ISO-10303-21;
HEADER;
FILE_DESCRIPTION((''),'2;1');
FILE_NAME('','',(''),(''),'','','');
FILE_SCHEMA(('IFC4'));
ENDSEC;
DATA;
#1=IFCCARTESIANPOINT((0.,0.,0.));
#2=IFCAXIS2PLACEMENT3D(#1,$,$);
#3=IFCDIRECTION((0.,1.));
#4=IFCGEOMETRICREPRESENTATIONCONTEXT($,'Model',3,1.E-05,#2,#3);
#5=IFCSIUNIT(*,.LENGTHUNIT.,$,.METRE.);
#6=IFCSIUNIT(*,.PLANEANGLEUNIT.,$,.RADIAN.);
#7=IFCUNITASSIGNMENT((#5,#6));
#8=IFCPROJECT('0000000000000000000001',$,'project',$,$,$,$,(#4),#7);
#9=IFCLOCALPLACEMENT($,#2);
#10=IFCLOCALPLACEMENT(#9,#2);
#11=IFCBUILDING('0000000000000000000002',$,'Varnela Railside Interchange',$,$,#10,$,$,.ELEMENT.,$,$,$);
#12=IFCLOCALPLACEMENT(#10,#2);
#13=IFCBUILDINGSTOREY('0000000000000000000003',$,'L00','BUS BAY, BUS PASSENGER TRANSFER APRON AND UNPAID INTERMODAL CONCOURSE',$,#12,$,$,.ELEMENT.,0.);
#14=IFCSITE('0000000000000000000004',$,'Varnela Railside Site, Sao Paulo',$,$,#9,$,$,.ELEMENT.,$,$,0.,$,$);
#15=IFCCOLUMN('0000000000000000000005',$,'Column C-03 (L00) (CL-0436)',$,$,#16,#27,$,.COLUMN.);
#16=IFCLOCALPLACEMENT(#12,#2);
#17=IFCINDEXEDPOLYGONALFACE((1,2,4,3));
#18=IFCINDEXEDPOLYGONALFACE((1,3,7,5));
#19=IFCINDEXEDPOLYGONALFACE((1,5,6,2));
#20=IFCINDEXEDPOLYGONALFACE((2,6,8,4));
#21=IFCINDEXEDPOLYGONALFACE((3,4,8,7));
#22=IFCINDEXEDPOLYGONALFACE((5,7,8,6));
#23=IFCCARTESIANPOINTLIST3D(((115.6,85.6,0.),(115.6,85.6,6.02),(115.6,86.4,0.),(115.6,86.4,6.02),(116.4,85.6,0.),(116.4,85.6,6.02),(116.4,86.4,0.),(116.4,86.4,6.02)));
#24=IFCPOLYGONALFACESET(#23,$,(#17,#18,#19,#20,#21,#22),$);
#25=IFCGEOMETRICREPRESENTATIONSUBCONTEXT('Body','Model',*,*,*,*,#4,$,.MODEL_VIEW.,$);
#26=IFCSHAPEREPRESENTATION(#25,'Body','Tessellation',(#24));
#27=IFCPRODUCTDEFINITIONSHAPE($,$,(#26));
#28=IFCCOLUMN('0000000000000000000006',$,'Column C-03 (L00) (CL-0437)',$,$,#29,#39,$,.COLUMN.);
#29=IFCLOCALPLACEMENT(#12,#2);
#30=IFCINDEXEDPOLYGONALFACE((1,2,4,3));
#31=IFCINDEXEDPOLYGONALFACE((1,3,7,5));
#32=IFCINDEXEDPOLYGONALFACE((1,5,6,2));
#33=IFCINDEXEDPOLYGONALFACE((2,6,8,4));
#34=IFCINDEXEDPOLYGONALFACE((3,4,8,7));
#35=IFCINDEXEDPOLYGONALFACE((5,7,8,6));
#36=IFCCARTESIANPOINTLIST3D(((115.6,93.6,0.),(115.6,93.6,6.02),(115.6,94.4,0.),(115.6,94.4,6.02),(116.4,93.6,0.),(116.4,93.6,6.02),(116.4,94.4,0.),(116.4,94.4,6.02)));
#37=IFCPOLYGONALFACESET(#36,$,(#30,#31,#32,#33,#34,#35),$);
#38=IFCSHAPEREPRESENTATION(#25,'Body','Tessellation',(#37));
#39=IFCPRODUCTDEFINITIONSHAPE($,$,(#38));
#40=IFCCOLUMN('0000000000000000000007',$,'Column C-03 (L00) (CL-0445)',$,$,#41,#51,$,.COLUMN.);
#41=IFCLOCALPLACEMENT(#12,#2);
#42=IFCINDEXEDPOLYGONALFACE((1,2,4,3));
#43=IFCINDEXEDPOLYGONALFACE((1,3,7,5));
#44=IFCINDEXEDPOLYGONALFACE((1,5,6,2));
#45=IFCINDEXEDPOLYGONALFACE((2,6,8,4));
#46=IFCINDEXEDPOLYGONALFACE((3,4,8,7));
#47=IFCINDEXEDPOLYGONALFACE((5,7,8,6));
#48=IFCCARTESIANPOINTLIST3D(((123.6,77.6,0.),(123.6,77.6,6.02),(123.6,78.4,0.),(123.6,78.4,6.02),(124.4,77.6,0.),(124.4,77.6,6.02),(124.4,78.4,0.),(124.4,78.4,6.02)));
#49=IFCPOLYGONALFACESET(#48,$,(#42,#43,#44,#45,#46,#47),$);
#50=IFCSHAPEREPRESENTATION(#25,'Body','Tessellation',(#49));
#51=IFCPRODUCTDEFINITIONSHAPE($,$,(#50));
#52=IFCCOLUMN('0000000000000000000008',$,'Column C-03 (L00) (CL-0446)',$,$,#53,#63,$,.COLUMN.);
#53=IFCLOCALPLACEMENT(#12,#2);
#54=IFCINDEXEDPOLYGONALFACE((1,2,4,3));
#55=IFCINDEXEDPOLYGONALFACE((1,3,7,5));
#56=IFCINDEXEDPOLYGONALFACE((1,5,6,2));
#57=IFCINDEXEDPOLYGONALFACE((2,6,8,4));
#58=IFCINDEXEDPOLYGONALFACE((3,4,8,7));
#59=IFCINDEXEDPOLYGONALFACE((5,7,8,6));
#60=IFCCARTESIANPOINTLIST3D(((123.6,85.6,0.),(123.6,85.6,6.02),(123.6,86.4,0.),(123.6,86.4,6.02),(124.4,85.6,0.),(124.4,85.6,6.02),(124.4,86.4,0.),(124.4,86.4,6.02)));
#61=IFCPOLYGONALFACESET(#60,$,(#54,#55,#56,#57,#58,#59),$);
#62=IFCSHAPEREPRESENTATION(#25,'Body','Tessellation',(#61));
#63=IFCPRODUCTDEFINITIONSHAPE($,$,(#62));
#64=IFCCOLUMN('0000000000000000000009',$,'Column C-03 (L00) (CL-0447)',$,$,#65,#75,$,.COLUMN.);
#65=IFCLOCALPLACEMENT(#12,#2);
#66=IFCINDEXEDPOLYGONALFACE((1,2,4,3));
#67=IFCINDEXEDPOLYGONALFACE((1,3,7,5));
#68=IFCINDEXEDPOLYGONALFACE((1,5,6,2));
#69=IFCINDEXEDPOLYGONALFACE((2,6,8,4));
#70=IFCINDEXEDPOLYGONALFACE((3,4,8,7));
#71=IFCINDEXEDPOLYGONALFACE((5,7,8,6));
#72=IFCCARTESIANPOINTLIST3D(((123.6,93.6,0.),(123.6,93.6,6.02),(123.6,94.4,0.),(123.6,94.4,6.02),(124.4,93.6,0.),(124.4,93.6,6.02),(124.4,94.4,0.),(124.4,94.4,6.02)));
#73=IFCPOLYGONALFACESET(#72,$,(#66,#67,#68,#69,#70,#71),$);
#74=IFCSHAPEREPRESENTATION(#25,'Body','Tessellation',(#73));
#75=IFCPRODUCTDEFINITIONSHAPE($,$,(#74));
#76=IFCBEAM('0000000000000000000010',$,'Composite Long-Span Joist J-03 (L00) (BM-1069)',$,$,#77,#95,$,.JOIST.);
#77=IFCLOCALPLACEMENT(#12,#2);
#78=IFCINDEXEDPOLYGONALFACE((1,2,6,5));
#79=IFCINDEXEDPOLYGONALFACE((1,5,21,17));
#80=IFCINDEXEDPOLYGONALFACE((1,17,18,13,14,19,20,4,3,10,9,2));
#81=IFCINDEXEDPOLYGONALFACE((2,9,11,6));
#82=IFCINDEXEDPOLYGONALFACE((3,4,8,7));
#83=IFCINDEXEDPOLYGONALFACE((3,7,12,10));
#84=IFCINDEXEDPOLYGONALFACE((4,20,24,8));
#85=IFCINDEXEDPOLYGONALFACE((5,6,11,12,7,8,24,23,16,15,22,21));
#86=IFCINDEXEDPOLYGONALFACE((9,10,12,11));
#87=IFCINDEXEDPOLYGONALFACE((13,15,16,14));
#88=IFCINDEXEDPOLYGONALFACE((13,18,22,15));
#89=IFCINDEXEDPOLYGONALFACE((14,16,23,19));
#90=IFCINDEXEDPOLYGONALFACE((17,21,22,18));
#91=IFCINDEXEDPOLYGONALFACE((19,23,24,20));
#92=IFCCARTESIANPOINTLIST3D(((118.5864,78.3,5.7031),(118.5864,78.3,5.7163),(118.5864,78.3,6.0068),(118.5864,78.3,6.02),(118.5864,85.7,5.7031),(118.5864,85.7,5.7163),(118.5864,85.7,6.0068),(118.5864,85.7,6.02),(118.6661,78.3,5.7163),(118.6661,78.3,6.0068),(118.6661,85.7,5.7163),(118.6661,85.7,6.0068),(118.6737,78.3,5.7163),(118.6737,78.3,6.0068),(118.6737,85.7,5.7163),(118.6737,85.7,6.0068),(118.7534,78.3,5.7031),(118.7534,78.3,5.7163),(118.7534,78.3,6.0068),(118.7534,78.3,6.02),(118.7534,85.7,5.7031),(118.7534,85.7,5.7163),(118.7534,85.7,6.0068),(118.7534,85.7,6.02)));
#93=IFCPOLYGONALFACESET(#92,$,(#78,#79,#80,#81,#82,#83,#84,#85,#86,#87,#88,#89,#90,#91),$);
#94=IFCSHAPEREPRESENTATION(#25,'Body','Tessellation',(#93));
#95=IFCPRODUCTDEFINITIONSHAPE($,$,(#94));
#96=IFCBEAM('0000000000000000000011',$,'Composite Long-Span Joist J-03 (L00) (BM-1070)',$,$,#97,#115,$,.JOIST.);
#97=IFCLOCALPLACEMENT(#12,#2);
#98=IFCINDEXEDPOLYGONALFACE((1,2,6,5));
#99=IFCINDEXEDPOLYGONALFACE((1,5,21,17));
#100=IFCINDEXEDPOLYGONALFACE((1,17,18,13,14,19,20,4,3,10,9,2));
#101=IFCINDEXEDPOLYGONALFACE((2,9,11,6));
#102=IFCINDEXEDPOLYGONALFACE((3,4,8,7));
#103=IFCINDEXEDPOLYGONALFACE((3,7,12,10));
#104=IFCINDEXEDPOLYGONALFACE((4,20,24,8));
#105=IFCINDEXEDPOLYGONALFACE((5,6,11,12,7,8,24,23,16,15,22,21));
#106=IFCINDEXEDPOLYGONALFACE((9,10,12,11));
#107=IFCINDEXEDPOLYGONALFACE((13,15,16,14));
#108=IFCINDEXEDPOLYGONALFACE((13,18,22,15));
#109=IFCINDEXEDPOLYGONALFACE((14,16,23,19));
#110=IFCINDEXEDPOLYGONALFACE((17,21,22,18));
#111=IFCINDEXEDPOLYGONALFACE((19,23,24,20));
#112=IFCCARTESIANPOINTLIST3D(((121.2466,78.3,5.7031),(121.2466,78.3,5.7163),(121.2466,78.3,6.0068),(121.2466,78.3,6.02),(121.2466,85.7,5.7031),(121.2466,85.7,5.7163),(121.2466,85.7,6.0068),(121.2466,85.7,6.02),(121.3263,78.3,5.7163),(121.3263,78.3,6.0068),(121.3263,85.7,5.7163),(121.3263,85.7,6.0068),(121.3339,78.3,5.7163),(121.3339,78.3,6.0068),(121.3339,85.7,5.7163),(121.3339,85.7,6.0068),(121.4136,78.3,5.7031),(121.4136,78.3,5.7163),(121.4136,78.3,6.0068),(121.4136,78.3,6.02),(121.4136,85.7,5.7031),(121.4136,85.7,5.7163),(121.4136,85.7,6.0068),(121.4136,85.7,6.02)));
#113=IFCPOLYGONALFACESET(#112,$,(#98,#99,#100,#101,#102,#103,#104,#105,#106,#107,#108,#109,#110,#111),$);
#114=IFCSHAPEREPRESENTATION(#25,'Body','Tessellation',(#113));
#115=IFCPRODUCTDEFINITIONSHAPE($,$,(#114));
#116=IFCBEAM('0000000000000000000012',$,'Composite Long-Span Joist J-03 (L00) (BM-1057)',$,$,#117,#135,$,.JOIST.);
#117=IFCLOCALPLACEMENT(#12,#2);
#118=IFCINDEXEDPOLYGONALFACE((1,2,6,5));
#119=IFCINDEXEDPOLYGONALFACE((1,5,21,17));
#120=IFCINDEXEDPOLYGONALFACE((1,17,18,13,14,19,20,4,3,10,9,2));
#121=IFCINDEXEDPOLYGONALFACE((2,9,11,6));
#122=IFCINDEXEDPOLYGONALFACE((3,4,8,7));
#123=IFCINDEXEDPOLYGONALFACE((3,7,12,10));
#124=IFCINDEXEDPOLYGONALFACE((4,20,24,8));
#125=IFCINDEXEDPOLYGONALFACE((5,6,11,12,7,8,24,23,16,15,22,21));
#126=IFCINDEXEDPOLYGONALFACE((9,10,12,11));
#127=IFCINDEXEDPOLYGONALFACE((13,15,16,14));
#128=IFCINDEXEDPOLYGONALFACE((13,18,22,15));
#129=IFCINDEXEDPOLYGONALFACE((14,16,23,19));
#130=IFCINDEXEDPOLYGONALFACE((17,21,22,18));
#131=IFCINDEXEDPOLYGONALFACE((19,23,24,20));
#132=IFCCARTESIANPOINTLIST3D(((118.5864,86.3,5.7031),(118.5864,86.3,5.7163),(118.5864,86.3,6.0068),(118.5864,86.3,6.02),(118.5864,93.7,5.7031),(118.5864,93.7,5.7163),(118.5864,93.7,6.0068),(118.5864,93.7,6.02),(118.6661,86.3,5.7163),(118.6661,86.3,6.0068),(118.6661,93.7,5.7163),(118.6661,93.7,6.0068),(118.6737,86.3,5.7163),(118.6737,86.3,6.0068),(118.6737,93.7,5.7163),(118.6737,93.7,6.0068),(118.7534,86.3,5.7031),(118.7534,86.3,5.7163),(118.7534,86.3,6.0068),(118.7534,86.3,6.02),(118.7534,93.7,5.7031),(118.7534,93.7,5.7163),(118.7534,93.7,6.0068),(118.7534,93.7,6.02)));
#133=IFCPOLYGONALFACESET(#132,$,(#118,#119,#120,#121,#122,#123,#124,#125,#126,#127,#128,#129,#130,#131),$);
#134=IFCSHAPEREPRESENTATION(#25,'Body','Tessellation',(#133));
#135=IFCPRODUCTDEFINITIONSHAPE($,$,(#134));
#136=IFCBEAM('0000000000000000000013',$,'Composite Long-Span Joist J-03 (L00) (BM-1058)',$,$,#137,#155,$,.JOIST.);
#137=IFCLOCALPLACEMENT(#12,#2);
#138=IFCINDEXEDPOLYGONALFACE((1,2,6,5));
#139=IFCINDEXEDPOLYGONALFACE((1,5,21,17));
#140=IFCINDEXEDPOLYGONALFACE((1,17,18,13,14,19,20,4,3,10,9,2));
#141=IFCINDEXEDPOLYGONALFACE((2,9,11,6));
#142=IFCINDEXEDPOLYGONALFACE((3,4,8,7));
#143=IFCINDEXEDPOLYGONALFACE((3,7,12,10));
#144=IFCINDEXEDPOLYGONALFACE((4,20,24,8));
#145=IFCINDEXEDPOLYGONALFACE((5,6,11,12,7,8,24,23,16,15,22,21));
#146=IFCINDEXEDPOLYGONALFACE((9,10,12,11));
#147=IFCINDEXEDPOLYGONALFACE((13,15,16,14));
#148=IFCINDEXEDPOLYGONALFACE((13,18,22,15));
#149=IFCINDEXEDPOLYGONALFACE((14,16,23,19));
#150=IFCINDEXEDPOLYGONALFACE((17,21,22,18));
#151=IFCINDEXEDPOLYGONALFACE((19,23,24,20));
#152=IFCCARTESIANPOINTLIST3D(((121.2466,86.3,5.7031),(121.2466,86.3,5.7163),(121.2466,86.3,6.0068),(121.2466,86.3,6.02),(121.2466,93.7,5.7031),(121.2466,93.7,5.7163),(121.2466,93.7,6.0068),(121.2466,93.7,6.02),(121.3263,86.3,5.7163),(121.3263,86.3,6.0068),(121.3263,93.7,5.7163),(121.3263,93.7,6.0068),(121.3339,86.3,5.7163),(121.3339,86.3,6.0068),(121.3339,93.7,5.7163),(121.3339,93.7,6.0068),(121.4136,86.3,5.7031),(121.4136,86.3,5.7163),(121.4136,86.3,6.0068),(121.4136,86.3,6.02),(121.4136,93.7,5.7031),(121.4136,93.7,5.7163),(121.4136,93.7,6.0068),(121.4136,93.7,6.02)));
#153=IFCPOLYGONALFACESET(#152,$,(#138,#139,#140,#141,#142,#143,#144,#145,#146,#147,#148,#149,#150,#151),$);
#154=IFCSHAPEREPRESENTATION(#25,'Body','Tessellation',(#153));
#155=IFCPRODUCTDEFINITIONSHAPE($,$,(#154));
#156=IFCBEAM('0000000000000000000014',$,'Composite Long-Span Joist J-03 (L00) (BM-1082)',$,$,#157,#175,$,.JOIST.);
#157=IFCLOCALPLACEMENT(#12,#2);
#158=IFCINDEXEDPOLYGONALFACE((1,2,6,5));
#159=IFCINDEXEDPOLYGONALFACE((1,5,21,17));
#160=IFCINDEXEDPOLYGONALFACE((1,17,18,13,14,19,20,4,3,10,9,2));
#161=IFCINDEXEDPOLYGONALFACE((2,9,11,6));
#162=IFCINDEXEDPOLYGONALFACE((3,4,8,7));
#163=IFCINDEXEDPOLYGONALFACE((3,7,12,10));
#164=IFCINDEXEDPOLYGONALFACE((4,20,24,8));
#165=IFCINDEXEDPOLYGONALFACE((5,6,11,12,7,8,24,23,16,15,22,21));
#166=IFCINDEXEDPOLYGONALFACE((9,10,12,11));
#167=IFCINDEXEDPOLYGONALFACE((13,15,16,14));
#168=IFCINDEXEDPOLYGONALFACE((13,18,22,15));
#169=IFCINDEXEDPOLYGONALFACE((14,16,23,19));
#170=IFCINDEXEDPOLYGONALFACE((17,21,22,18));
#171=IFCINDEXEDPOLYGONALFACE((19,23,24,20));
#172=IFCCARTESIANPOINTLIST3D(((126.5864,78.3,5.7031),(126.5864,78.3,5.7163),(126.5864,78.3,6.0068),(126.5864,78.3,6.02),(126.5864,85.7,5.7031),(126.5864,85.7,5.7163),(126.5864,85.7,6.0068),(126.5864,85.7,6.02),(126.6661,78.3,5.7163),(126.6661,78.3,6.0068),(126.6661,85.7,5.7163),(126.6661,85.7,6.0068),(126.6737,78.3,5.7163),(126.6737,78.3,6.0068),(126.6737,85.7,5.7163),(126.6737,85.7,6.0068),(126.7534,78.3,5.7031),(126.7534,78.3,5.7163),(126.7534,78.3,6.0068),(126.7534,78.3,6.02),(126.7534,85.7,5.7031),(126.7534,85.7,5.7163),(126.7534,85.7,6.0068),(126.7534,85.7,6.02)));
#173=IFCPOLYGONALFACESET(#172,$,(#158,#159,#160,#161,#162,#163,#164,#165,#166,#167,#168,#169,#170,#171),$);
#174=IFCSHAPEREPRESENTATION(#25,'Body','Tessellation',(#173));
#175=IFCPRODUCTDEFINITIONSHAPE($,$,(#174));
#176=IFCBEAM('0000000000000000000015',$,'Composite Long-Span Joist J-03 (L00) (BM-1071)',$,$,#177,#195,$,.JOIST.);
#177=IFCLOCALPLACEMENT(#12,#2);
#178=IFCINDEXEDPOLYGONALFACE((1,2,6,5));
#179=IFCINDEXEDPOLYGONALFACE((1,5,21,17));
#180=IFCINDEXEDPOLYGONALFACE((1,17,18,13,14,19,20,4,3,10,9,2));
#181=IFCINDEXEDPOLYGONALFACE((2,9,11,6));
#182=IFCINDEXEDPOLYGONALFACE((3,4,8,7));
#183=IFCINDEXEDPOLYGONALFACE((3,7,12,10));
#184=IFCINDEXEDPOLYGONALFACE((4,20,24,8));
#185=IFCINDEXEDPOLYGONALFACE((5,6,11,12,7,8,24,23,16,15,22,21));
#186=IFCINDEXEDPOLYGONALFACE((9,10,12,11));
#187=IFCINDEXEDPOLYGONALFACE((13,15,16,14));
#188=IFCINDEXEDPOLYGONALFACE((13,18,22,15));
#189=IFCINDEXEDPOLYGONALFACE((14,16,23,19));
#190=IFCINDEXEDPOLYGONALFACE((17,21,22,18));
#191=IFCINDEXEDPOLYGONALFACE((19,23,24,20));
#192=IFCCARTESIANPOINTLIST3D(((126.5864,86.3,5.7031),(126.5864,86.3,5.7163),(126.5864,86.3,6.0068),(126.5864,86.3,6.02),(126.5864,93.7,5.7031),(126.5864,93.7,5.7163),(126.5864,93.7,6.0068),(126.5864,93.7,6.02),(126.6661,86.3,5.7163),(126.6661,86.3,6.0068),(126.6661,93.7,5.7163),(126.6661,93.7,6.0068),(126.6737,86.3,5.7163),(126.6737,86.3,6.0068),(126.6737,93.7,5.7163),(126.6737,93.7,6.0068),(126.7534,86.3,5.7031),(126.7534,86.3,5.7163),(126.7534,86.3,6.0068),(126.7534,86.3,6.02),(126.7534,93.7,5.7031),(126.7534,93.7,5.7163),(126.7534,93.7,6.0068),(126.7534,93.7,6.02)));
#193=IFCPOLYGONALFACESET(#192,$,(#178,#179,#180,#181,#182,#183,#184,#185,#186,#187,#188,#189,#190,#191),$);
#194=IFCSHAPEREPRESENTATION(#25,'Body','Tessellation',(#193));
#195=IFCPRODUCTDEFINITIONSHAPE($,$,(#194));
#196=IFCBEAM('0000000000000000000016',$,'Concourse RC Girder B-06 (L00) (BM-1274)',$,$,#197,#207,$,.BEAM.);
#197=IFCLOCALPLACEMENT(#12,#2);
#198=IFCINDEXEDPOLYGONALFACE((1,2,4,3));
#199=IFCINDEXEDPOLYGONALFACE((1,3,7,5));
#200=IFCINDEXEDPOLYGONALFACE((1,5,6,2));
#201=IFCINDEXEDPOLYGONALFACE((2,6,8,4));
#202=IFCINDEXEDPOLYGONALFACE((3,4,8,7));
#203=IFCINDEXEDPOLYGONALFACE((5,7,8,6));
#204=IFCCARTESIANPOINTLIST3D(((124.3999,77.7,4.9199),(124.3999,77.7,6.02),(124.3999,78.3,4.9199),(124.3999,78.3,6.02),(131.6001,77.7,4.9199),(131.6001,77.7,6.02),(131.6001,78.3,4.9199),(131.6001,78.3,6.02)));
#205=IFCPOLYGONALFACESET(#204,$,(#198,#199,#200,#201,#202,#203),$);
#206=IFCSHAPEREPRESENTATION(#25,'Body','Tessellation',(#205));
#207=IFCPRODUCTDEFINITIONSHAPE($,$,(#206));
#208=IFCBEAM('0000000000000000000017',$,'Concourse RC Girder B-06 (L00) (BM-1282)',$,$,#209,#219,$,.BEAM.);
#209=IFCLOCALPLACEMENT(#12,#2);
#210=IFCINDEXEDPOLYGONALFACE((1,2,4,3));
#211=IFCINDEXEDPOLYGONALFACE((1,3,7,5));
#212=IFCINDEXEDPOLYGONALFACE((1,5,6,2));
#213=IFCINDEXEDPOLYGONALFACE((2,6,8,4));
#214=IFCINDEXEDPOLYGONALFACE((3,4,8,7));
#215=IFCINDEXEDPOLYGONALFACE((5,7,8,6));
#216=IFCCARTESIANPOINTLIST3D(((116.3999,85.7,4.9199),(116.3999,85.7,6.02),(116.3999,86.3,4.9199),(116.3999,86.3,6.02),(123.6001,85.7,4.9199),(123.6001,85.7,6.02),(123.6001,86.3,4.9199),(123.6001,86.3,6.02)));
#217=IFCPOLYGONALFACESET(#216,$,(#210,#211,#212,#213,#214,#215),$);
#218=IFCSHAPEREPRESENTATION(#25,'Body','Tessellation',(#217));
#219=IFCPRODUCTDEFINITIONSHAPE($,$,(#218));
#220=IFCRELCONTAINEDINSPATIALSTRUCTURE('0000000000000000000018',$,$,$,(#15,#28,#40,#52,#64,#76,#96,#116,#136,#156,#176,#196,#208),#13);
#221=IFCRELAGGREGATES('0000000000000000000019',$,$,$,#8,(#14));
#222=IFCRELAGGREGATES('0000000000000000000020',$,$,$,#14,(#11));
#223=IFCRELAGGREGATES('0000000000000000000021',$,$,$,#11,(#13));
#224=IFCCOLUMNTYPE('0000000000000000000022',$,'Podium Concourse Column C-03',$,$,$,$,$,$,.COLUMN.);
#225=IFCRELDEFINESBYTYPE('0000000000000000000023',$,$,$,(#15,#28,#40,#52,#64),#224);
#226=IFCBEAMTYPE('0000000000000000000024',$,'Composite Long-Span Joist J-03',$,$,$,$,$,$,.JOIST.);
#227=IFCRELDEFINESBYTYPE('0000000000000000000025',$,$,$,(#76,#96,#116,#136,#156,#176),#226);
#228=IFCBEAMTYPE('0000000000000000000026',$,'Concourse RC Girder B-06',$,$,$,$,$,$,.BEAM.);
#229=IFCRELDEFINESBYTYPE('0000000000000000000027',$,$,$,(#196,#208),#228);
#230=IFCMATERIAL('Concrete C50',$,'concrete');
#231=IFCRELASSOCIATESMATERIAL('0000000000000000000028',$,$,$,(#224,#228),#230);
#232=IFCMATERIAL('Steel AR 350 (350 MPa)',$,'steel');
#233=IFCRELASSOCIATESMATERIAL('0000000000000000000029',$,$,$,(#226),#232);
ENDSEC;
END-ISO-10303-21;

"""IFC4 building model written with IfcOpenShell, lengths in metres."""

from ifc_helpers import new_model, si_unit, direction, frame, origin, origin_2d, place, context, subcontext, project, spatial, rectangle, i_section, extrude, material, material_profile, profile_set, type_object, element, save


model = new_model("IFC4")

# Units and contexts
model_context = context("Model", 3, precision=1e-05, world=origin(), true_north=direction((0.0, 1.0)))
body_context = subcontext(model_context, "Body", "Model", "MODEL_VIEW")
ifc_project = project(units=[si_unit("LENGTHUNIT", "METRE"), si_unit("PLANEANGLEUNIT", "RADIAN")], contexts=[model_context])

# Site, building, storey
site_placement = place(None, origin())
site = spatial("IfcSite", under=ifc_project, at=site_placement, Name="Varnela Railside Site, Sao Paulo", CompositionType="ELEMENT", RefElevation=0.0)
building_placement = place(site_placement, origin())
building = spatial("IfcBuilding", under=site, at=building_placement, Name="Varnela Railside Interchange", CompositionType="ELEMENT")
storey_placement = place(building_placement, origin())
storey = spatial("IfcBuildingStorey", under=building, at=storey_placement, Name="L00", Description="BUS BAY, BUS PASSENGER TRANSFER APRON AND UNPAID INTERMODAL CONCOURSE", CompositionType="ELEMENT", Elevation=0.0)

# Columns
ifc_material_1 = material(Name="Concrete C50", Category="concrete")
ifc_material_profile_1 = material_profile(ifc_material_1, rectangle(XDim=0.8, YDim=0.8, at=origin_2d()), Name="RC 800x800")
ifc_profile_set_1 = profile_set([ifc_material_profile_1], Name="Concrete C50")
column_type = type_object("IfcColumnType", Name="Podium Concourse Column C-03", PredefinedType="COLUMN", material=ifc_profile_set_1)
for number, where, z_axis, x_axis, name in (
    (1, (116.0, 86.0, 0.0), (0.0, 0.0, 1.0), (1.0, 0.0, 0.0), "Column C-03 (L00) (CL-0436)"),
    (2, (116.0, 94.0, 0.0), (0.0, 0.0, 1.0), (1.0, 0.0, 0.0), "Column C-03 (L00) (CL-0437)"),
    (3, (124.0, 78.0, 0.0), (0.0, 0.0, 1.0), (1.0, 0.0, 0.0), "Column C-03 (L00) (CL-0445)"),
    (4, (124.0, 86.0, 0.0), (0.0, 0.0, 1.0), (1.0, 0.0, 0.0), "Column C-03 (L00) (CL-0446)"),
    (5, (124.0, 94.0, 0.0), (0.0, 0.0, 1.0), (1.0, 0.0, 0.0), "Column C-03 (L00) (CL-0447)"),
):
    element("IfcColumn", number, at=place(storey_placement, frame(where, z_axis=z_axis, x_axis=x_axis)), inside=storey, type_object=column_type, Name=name, PredefinedType="COLUMN", context=body_context, shape_type="SweptSolid", body=[
        extrude(rectangle(XDim=0.8, YDim=0.8, at=origin_2d()), origin(), (0.0, 0.0, 1.0), 6.02),
    ])

# Beams
ifc_material_2 = material(Name="Steel AR 350 (350 MPa)", Category="steel")
ifc_material_profile_2 = material_profile(ifc_material_2, i_section(OverallWidth=0.167, OverallDepth=0.3169, WebThickness=0.0076, FlangeThickness=0.0132, at=origin_2d()), Name="W310x52")
ifc_profile_set_2 = profile_set([ifc_material_profile_2], Name="Steel AR 350 (350 MPa)")
beam_type_1 = type_object("IfcBeamType", Name="Composite Long-Span Joist J-03", PredefinedType="JOIST", material=ifc_profile_set_2)
for number, where, z_axis, x_axis, name in (
    (6, (118.6699, 78.3, 5.8616), (0.0, 1.0, 0.0), (-1.0, 0.0, 0.0), "Composite Long-Span Joist J-03 (L00) (BM-1069)"),
    (7, (121.3301, 78.3, 5.8616), (0.0, 1.0, 0.0), (-1.0, 0.0, 0.0), "Composite Long-Span Joist J-03 (L00) (BM-1070)"),
    (8, (118.6699, 86.3, 5.8616), (0.0, 1.0, 0.0), (-1.0, 0.0, 0.0), "Composite Long-Span Joist J-03 (L00) (BM-1057)"),
    (9, (121.3301, 86.3, 5.8616), (0.0, 1.0, 0.0), (-1.0, 0.0, 0.0), "Composite Long-Span Joist J-03 (L00) (BM-1058)"),
    (10, (126.6699, 78.3, 5.8616), (0.0, 1.0, 0.0), (-1.0, 0.0, 0.0), "Composite Long-Span Joist J-03 (L00) (BM-1082)"),
    (11, (126.6699, 86.3, 5.8616), (0.0, 1.0, 0.0), (-1.0, 0.0, 0.0), "Composite Long-Span Joist J-03 (L00) (BM-1071)"),
):
    element("IfcBeam", number, at=place(storey_placement, frame(where, z_axis=z_axis, x_axis=x_axis)), inside=storey, type_object=beam_type_1, Name=name, PredefinedType="JOIST", context=body_context, shape_type="SweptSolid", body=[
        extrude(i_section(OverallWidth=0.167, OverallDepth=0.3169, WebThickness=0.0076, FlangeThickness=0.0132, at=origin_2d()), origin(), (0.0, 0.0, 1.0), 7.3999),
    ])
ifc_material_profile_3 = material_profile(ifc_material_1, rectangle(XDim=0.6001, YDim=1.1001, at=origin_2d()), Name="RC 600x1100")
ifc_profile_set_3 = profile_set([ifc_material_profile_3], Name="Concrete C50")
beam_type_2 = type_object("IfcBeamType", Name="Concourse RC Girder B-06", PredefinedType="BEAM", material=ifc_profile_set_3)
for number, where, z_axis, x_axis, name in (
    (12, (124.3999, 78.0, 5.47), (1.0, 0.0, 0.0), (0.0, 1.0, 0.0), "Concourse RC Girder B-06 (L00) (BM-1274)"),
    (13, (116.3999, 86.0, 5.47), (1.0, 0.0, 0.0), (0.0, 1.0, 0.0), "Concourse RC Girder B-06 (L00) (BM-1282)"),
):
    element("IfcBeam", number, at=place(storey_placement, frame(where, z_axis=z_axis, x_axis=x_axis)), inside=storey, type_object=beam_type_2, Name=name, PredefinedType="BEAM", context=body_context, shape_type="SweptSolid", body=[
        extrude(rectangle(XDim=0.6001, YDim=1.1001, at=origin_2d()), origin(), (0.0, 0.0, 1.0), 7.2002),
    ])

save(model, "model.ifc")
